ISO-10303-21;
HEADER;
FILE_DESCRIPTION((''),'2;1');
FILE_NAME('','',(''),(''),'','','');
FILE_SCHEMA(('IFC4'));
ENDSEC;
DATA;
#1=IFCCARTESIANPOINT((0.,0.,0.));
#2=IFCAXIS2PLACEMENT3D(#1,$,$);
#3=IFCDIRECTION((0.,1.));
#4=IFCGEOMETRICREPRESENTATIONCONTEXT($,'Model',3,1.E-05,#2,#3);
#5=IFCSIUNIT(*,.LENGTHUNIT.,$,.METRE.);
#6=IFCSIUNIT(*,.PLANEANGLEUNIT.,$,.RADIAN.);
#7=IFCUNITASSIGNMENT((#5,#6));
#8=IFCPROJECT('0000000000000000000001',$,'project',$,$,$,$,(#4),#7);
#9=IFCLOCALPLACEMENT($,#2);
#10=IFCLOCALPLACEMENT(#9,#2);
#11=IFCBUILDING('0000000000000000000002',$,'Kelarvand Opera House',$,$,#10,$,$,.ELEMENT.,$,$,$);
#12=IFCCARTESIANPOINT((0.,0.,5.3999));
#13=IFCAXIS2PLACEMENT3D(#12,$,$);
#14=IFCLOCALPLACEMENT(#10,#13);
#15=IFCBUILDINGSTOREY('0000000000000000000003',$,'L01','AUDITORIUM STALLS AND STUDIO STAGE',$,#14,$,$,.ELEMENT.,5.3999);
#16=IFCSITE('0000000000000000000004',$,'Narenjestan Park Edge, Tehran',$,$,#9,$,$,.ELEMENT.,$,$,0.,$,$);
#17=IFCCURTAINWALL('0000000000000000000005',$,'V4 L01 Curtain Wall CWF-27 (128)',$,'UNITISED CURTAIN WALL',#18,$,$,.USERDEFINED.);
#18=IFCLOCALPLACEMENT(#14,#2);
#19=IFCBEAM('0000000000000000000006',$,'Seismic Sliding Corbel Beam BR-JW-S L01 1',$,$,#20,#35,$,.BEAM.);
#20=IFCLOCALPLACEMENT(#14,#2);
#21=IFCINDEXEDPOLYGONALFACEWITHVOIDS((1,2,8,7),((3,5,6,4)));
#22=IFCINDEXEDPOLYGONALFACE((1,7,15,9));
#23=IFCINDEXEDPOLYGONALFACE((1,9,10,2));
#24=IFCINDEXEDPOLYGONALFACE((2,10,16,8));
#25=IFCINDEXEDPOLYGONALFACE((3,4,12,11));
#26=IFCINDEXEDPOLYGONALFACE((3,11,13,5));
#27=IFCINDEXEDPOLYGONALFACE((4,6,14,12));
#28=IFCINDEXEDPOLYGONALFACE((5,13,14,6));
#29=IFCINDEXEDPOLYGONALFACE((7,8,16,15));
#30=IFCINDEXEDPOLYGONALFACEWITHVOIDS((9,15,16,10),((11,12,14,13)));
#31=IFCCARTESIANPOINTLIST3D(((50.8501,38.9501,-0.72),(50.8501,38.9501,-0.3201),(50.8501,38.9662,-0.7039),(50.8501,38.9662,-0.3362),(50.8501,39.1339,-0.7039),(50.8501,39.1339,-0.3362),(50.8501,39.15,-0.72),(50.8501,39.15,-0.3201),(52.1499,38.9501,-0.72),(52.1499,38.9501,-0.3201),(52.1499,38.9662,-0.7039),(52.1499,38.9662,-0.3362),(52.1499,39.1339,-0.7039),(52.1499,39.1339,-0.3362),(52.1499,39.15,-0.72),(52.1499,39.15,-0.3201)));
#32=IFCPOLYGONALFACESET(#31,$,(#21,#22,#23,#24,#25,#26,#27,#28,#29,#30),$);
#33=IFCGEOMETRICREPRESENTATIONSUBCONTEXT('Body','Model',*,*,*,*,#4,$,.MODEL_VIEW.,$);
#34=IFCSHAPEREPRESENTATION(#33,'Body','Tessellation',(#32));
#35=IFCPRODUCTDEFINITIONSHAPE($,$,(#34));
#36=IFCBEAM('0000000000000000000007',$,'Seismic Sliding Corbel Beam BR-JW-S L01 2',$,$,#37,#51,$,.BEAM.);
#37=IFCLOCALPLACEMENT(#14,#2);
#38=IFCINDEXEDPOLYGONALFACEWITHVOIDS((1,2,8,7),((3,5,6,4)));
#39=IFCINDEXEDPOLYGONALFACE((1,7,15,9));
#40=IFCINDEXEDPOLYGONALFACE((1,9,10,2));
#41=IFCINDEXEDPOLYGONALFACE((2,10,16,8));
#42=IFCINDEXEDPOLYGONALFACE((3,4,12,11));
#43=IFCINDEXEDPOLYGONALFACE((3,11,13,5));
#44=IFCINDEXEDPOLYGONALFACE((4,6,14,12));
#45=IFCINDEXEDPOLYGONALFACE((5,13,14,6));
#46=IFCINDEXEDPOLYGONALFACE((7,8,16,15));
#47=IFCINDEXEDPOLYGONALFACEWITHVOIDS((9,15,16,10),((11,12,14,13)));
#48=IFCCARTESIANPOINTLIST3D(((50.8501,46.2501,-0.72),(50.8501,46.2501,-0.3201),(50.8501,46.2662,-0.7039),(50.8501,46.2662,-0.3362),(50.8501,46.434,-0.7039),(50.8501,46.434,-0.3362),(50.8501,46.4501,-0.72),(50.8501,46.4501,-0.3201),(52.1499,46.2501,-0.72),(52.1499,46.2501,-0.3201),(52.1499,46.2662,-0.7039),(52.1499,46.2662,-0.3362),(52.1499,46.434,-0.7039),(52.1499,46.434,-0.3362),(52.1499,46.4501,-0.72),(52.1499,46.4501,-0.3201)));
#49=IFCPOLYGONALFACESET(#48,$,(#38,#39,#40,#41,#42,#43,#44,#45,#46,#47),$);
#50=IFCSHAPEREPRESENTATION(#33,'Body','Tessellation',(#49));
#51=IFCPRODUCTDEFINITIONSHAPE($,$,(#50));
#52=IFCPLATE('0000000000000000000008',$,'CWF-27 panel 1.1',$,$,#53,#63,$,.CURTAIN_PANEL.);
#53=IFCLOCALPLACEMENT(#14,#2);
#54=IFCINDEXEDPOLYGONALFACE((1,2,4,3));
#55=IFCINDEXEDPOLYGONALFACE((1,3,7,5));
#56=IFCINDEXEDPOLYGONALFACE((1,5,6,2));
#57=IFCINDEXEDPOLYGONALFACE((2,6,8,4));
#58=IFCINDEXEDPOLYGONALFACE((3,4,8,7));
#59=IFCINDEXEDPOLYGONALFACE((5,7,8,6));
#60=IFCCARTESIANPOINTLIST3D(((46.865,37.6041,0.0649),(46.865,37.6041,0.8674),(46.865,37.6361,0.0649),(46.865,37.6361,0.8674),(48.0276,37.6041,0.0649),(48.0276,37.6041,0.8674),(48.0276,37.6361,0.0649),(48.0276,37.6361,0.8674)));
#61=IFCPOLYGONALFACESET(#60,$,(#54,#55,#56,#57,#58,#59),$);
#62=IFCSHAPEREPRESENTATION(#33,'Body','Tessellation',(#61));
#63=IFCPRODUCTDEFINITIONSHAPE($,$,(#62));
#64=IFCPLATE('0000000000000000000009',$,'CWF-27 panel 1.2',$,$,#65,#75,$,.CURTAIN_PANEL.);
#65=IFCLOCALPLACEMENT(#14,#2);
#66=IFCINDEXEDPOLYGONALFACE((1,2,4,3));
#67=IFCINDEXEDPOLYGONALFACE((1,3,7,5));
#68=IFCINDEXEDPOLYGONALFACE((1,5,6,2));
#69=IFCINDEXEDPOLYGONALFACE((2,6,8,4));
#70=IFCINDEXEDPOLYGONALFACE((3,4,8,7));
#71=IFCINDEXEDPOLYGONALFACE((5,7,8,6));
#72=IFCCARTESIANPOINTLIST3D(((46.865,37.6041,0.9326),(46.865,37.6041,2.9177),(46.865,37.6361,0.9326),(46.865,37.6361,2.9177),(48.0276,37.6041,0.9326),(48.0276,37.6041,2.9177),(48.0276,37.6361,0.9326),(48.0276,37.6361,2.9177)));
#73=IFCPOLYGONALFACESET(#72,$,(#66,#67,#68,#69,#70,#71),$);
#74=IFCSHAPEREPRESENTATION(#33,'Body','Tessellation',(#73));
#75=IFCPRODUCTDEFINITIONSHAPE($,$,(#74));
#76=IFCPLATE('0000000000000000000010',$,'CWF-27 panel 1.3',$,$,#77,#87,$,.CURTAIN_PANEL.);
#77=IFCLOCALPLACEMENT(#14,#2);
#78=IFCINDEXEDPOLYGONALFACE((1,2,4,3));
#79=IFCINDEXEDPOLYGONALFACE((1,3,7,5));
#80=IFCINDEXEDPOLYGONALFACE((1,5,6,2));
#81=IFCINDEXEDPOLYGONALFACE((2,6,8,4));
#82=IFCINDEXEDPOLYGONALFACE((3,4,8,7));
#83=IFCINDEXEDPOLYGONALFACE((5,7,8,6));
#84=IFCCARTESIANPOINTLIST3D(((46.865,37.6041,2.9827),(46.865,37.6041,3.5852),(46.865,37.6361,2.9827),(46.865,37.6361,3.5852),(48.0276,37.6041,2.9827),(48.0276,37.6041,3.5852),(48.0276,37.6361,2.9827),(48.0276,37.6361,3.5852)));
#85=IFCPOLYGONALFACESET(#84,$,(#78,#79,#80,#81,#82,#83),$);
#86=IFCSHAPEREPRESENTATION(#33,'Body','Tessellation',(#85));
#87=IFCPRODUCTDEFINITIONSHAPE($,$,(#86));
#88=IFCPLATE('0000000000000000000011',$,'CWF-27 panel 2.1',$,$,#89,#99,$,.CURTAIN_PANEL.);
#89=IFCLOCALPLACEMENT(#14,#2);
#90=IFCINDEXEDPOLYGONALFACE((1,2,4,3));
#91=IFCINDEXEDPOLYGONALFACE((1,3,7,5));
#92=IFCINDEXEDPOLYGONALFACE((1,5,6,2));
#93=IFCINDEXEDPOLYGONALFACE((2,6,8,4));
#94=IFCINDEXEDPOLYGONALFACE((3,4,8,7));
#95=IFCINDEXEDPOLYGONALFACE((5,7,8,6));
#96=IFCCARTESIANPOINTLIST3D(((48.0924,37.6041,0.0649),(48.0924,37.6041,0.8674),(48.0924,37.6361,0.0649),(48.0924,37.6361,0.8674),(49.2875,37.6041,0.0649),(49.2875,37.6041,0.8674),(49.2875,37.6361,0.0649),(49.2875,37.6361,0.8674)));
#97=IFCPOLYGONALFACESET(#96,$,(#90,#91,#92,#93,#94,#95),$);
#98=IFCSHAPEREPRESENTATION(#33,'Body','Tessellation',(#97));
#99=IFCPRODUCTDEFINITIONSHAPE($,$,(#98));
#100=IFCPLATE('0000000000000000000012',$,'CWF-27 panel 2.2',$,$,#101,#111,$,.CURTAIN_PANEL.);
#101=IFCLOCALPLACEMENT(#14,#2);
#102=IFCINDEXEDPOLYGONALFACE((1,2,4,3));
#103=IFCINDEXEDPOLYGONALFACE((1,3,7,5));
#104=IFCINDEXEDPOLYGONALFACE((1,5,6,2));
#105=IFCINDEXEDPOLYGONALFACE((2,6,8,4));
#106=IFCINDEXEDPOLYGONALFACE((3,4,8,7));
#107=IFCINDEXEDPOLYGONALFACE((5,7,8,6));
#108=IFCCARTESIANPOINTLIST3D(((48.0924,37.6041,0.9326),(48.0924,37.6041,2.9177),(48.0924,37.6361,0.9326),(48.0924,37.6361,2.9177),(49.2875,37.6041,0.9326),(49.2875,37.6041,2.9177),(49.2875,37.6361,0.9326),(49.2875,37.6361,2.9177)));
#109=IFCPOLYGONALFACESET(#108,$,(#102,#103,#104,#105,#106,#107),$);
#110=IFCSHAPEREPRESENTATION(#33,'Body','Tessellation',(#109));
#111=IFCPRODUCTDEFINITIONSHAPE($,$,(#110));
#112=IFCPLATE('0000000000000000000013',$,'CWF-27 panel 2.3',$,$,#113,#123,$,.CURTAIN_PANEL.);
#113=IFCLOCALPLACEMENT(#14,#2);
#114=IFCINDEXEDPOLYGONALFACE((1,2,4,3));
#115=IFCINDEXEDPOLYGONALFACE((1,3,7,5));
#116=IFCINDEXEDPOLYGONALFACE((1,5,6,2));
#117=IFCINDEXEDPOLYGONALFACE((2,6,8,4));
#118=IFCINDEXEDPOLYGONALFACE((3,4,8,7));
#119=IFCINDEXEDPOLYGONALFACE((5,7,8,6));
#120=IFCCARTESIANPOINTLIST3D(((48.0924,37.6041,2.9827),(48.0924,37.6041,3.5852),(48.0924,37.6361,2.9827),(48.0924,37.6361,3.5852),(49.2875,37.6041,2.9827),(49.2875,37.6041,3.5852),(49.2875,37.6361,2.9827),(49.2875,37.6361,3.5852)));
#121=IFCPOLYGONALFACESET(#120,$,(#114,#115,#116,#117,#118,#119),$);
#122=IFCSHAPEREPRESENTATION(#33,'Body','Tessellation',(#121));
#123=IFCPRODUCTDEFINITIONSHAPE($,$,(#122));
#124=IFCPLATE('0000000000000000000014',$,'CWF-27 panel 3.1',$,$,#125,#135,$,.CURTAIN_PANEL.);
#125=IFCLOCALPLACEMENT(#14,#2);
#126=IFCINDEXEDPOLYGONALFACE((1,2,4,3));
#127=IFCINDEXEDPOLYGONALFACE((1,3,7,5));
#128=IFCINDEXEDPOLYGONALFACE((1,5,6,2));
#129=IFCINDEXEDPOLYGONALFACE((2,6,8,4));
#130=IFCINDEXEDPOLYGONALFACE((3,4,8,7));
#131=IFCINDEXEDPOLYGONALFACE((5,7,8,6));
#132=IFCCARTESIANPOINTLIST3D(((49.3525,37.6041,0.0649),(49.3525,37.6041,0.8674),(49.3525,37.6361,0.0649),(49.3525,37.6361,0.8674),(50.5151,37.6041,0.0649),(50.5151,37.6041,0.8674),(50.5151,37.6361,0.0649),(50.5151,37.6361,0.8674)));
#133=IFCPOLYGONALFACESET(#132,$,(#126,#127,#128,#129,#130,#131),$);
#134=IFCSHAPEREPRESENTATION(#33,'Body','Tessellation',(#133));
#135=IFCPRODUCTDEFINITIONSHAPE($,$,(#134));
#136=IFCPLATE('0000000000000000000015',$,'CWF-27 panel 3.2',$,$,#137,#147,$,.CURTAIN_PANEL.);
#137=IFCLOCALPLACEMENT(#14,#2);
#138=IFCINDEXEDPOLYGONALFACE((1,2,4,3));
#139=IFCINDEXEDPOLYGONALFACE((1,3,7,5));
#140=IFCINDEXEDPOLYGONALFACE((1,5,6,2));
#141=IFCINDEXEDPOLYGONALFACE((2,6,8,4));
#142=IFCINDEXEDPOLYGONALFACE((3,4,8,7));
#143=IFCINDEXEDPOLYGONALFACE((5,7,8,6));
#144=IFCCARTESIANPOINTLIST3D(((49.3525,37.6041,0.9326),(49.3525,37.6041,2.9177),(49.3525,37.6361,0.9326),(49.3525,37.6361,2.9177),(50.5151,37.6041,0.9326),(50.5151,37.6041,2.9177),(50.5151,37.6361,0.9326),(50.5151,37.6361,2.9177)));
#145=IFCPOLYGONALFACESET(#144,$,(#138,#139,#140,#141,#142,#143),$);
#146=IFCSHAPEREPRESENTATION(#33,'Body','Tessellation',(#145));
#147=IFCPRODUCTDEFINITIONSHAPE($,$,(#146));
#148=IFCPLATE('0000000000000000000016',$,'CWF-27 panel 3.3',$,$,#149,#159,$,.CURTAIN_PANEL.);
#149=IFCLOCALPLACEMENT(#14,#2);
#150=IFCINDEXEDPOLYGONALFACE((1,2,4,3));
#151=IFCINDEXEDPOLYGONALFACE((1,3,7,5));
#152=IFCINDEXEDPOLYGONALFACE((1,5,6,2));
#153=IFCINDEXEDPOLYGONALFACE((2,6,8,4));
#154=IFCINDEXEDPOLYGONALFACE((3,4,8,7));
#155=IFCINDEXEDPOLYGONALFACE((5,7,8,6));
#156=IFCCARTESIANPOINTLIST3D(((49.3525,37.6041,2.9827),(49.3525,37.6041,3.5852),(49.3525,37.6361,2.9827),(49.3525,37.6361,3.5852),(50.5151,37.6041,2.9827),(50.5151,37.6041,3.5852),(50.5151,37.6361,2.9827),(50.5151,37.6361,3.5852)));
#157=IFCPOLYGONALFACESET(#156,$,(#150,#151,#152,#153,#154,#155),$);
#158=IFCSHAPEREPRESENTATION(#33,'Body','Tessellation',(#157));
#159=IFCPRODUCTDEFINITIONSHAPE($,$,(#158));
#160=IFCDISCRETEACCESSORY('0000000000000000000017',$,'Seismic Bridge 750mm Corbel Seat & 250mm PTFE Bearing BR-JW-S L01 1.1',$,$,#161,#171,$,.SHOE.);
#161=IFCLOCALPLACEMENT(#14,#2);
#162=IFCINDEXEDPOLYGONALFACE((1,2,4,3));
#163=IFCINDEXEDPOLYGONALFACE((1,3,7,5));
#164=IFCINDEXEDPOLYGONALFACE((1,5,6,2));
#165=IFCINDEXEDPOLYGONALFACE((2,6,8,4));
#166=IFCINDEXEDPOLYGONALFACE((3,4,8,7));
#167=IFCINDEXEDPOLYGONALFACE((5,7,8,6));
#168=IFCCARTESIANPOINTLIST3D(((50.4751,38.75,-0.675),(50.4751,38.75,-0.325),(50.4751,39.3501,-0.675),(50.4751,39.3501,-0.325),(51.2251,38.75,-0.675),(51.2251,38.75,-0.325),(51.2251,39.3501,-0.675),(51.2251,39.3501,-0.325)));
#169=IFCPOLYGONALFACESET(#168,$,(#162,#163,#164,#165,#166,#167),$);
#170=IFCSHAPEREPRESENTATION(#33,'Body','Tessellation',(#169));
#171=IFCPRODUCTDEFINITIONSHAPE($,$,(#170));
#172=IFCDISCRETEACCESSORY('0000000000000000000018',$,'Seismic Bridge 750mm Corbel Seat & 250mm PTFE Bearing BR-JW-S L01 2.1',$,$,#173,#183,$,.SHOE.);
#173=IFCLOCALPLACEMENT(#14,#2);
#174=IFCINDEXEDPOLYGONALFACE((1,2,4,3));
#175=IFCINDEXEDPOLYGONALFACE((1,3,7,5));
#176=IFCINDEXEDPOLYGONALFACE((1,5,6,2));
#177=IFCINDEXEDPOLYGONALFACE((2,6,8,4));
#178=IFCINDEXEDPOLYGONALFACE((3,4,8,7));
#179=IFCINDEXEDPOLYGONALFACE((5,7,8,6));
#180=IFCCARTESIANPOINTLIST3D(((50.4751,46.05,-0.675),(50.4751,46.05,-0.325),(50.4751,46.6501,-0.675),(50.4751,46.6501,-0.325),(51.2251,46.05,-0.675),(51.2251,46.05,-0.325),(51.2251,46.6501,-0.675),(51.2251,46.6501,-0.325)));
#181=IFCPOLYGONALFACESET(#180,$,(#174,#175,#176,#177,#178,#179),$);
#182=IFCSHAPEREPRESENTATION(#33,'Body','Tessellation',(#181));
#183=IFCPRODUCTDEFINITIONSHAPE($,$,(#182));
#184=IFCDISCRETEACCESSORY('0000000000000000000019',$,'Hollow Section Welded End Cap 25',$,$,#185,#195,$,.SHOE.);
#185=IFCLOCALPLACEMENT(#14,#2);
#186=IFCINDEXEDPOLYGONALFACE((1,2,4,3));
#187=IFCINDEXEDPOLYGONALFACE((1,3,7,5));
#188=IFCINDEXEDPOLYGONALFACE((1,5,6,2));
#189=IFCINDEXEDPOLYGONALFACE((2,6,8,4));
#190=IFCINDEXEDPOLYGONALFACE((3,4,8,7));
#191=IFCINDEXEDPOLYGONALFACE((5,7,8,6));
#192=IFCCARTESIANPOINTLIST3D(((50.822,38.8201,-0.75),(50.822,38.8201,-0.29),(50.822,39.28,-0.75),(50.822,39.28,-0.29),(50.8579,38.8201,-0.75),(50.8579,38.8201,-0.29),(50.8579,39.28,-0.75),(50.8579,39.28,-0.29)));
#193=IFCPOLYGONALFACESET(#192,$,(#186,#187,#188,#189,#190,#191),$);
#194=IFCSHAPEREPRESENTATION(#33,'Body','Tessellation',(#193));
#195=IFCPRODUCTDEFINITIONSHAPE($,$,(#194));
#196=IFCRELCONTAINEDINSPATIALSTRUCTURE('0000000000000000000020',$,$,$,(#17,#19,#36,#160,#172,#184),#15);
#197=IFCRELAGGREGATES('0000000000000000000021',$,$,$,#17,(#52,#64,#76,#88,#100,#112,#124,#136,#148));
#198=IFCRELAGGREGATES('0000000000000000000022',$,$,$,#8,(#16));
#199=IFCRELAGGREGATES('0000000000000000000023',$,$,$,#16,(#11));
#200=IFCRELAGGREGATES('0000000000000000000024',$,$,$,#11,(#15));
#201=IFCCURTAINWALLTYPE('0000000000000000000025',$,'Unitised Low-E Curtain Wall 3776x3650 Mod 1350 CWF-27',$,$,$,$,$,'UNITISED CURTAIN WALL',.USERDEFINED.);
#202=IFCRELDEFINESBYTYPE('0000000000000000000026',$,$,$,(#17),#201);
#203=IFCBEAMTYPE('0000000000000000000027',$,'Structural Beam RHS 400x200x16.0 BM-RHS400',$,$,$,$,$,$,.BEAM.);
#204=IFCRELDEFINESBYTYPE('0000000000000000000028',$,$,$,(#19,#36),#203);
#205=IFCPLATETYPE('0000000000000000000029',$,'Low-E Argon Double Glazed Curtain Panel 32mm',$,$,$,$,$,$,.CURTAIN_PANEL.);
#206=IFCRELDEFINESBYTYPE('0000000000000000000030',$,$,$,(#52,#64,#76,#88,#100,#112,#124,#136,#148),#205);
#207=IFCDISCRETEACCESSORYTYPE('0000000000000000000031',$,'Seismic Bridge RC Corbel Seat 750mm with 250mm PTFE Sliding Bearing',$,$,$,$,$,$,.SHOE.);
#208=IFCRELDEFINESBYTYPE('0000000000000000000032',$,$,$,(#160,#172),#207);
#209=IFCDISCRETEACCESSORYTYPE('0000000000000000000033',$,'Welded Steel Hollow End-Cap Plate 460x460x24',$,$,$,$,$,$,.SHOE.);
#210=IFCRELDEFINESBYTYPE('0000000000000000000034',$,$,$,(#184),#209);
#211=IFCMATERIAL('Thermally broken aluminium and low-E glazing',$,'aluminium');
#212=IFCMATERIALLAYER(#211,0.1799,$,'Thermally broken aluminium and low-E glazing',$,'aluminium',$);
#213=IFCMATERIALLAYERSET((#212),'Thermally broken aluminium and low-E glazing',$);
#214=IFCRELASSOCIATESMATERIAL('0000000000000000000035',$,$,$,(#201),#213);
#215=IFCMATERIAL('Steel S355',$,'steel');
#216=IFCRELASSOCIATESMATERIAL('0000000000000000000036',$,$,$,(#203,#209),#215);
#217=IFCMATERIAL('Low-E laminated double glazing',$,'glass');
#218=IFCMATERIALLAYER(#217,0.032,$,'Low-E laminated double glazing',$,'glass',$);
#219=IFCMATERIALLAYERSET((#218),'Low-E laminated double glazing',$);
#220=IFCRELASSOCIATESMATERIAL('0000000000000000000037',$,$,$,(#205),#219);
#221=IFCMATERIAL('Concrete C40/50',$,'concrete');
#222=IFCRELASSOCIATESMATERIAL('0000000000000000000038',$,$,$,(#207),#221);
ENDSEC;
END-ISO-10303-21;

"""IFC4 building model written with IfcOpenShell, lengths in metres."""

from ifc_helpers import new_model, si_unit, direction, frame, origin, origin_2d, place, context, subcontext, project, spatial, rectangle, hollow_rectangle, extrude, material, layer, layer_set, material_profile, profile_set, type_object, element, aggregate, save


model = new_model("IFC4")

# Units and contexts
model_context = context("Model", 3, precision=1e-05, world=origin(), true_north=direction((0.0, 1.0)))
body_context = subcontext(model_context, "Body", "Model", "MODEL_VIEW")
ifc_project = project(units=[si_unit("LENGTHUNIT", "METRE"), si_unit("PLANEANGLEUNIT", "RADIAN")], contexts=[model_context])

# Site, building, storey
site_placement = place(None, origin())
site = spatial("IfcSite", under=ifc_project, at=site_placement, Name="Narenjestan Park Edge, Tehran", CompositionType="ELEMENT", RefElevation=0.0)
building_placement = place(site_placement, origin())
building = spatial("IfcBuilding", under=site, at=building_placement, Name="Kelarvand Opera House", CompositionType="ELEMENT")
storey_placement = place(building_placement, frame((0.0, 0.0, 5.3999)))
storey = spatial("IfcBuildingStorey", under=building, at=storey_placement, Name="L01", Description="AUDITORIUM STALLS AND STUDIO STAGE", CompositionType="ELEMENT", Elevation=5.3999)

# Shared definitions
ifc_material_1 = material(Name="Concrete C40/50", Category="concrete")

# Curtain wall
ifc_material_2 = material(Name="Thermally broken aluminium and low-E glazing", Category="aluminium")
ifc_layer_1 = layer(ifc_material_2, 0.1799, Name="Thermally broken aluminium and low-E glazing", Category="aluminium")
ifc_layer_set_1 = layer_set([ifc_layer_1], Name="Thermally broken aluminium and low-E glazing")
curtain_wall_type = type_object("IfcCurtainWallType", Name="Unitised Low-E Curtain Wall 3776x3650 Mod 1350 CWF-27", ElementType="UNITISED CURTAIN WALL", PredefinedType="USERDEFINED", material=ifc_layer_set_1)
curtain_wall_placement = place(storey_placement, origin())
curtain_wall = element("IfcCurtainWall", 1, at=curtain_wall_placement, inside=storey, type_object=curtain_wall_type, Name="V4 L01 Curtain Wall CWF-27 (128)", ObjectType="UNITISED CURTAIN WALL", PredefinedType="USERDEFINED")

# Beams
ifc_material_3 = material(Name="Steel S355", Category="steel")
ifc_material_profile_1 = material_profile(ifc_material_3, hollow_rectangle(XDim=0.2, YDim=0.3999, WallThickness=0.0161, at=origin_2d()), Name="RHS 400x200x16.0", Category="steel")
ifc_profile_set_1 = profile_set([ifc_material_profile_1], Name="Steel S355")
beam_type = type_object("IfcBeamType", Name="Structural Beam RHS 400x200x16.0 BM-RHS400", PredefinedType="BEAM", material=ifc_profile_set_1)
for number, where, z_axis, x_axis, name in (
    (2, (50.8501, 39.05, -0.52), (1.0, 0.0, 0.0), (0.0, 1.0, 0.0), "Seismic Sliding Corbel Beam BR-JW-S L01 1"),
    (3, (50.8501, 46.3501, -0.52), (1.0, 0.0, 0.0), (0.0, 1.0, 0.0), "Seismic Sliding Corbel Beam BR-JW-S L01 2"),
):
    element("IfcBeam", number, at=place(storey_placement, frame(where, z_axis=z_axis, x_axis=x_axis)), inside=storey, type_object=beam_type, Name=name, PredefinedType="BEAM", context=body_context, shape_type="SweptSolid", body=[
        extrude(hollow_rectangle(XDim=0.2, YDim=0.3999, WallThickness=0.0161, at=origin_2d()), origin(), (0.0, 0.0, 1.0), 1.2998),
    ])

# Plates
ifc_material_4 = material(Name="Low-E laminated double glazing", Category="glass")
ifc_layer_2 = layer(ifc_material_4, 0.032, Name="Low-E laminated double glazing", Category="glass")
ifc_layer_set_2 = layer_set([ifc_layer_2], Name="Low-E laminated double glazing")
plate_type = type_object("IfcPlateType", Name="Low-E Argon Double Glazed Curtain Panel 32mm", PredefinedType="CURTAIN_PANEL", material=ifc_layer_set_2)
plate_1_placement = place(storey_placement, frame((47.4463, 37.6201, 0.0649), z_axis=(0.0, 0.0, 1.0), x_axis=(1.0, 0.0, 0.0)))
plate_1 = element("IfcPlate", 4, at=plate_1_placement, type_object=plate_type, Name="CWF-27 panel 1.1", PredefinedType="CURTAIN_PANEL", context=body_context, shape_type="SweptSolid", body=[
    extrude(rectangle(XDim=1.1626, YDim=0.032, at=origin_2d()), origin(), (0.0, 0.0, 1.0), 0.8025),
])
plate_2_placement = place(storey_placement, frame((47.4463, 37.6201, 0.9326), z_axis=(0.0, 0.0, 1.0), x_axis=(1.0, 0.0, 0.0)))
plate_2 = element("IfcPlate", 5, at=plate_2_placement, type_object=plate_type, Name="CWF-27 panel 1.2", PredefinedType="CURTAIN_PANEL", context=body_context, shape_type="SweptSolid", body=[
    extrude(rectangle(XDim=1.1626, YDim=0.032, at=origin_2d()), origin(), (0.0, 0.0, 1.0), 1.9851),
])
plate_3_placement = place(storey_placement, frame((47.4463, 37.6201, 2.9827), z_axis=(0.0, 0.0, 1.0), x_axis=(1.0, 0.0, 0.0)))
plate_3 = element("IfcPlate", 6, at=plate_3_placement, type_object=plate_type, Name="CWF-27 panel 1.3", PredefinedType="CURTAIN_PANEL", context=body_context, shape_type="SweptSolid", body=[
    extrude(rectangle(XDim=1.1626, YDim=0.032, at=origin_2d()), origin(), (0.0, 0.0, 1.0), 0.6025),
])
plate_4_placement = place(storey_placement, frame((48.6899, 37.6201, 0.0649), z_axis=(0.0, 0.0, 1.0), x_axis=(1.0, 0.0, 0.0)))
plate_4 = element("IfcPlate", 7, at=plate_4_placement, type_object=plate_type, Name="CWF-27 panel 2.1", PredefinedType="CURTAIN_PANEL", context=body_context, shape_type="SweptSolid", body=[
    extrude(rectangle(XDim=1.1951, YDim=0.032, at=origin_2d()), origin(), (0.0, 0.0, 1.0), 0.8025),
])
plate_5_placement = place(storey_placement, frame((48.6899, 37.6201, 0.9326), z_axis=(0.0, 0.0, 1.0), x_axis=(1.0, 0.0, 0.0)))
plate_5 = element("IfcPlate", 8, at=plate_5_placement, type_object=plate_type, Name="CWF-27 panel 2.2", PredefinedType="CURTAIN_PANEL", context=body_context, shape_type="SweptSolid", body=[
    extrude(rectangle(XDim=1.1951, YDim=0.032, at=origin_2d()), origin(), (0.0, 0.0, 1.0), 1.9851),
])
plate_6_placement = place(storey_placement, frame((48.6899, 37.6201, 2.9827), z_axis=(0.0, 0.0, 1.0), x_axis=(1.0, 0.0, 0.0)))
plate_6 = element("IfcPlate", 9, at=plate_6_placement, type_object=plate_type, Name="CWF-27 panel 2.3", PredefinedType="CURTAIN_PANEL", context=body_context, shape_type="SweptSolid", body=[
    extrude(rectangle(XDim=1.1951, YDim=0.032, at=origin_2d()), origin(), (0.0, 0.0, 1.0), 0.6025),
])
plate_7_placement = place(storey_placement, frame((49.9338, 37.6201, 0.0649), z_axis=(0.0, 0.0, 1.0), x_axis=(1.0, 0.0, 0.0)))
plate_7 = element("IfcPlate", 10, at=plate_7_placement, type_object=plate_type, Name="CWF-27 panel 3.1", PredefinedType="CURTAIN_PANEL", context=body_context, shape_type="SweptSolid", body=[
    extrude(rectangle(XDim=1.1626, YDim=0.032, at=origin_2d()), origin(), (0.0, 0.0, 1.0), 0.8025),
])
plate_8_placement = place(storey_placement, frame((49.9338, 37.6201, 0.9326), z_axis=(0.0, 0.0, 1.0), x_axis=(1.0, 0.0, 0.0)))
plate_8 = element("IfcPlate", 11, at=plate_8_placement, type_object=plate_type, Name="CWF-27 panel 3.2", PredefinedType="CURTAIN_PANEL", context=body_context, shape_type="SweptSolid", body=[
    extrude(rectangle(XDim=1.1626, YDim=0.032, at=origin_2d()), origin(), (0.0, 0.0, 1.0), 1.9851),
])
plate_9_placement = place(storey_placement, frame((49.9338, 37.6201, 2.9827), z_axis=(0.0, 0.0, 1.0), x_axis=(1.0, 0.0, 0.0)))
plate_9 = element("IfcPlate", 12, at=plate_9_placement, type_object=plate_type, Name="CWF-27 panel 3.3", PredefinedType="CURTAIN_PANEL", context=body_context, shape_type="SweptSolid", body=[
    extrude(rectangle(XDim=1.1626, YDim=0.032, at=origin_2d()), origin(), (0.0, 0.0, 1.0), 0.6025),
])
aggregate(curtain_wall, [plate_1, plate_2, plate_3, plate_4, plate_5, plate_6, plate_7, plate_8, plate_9])

# Discrete accessories
discrete_accessory_type_1 = type_object("IfcDiscreteAccessoryType", Name="Seismic Bridge RC Corbel Seat 750mm with 250mm PTFE Sliding Bearing", PredefinedType="SHOE", material=ifc_material_1)
for number, where, z_axis, x_axis, name in (
    (13, (50.8501, 39.05, -0.675), (0.0, 0.0, 1.0), (1.0, 0.0, 0.0), "Seismic Bridge 750mm Corbel Seat & 250mm PTFE Bearing BR-JW-S L01 1.1"),
    (14, (50.8501, 46.3501, -0.675), (0.0, 0.0, 1.0), (1.0, 0.0, 0.0), "Seismic Bridge 750mm Corbel Seat & 250mm PTFE Bearing BR-JW-S L01 2.1"),
):
    element("IfcDiscreteAccessory", number, at=place(storey_placement, frame(where, z_axis=z_axis, x_axis=x_axis)), inside=storey, type_object=discrete_accessory_type_1, Name=name, PredefinedType="SHOE", context=body_context, shape_type="SweptSolid", body=[
        extrude(rectangle(XDim=0.75, YDim=0.6001, at=origin_2d()), origin(), (0.0, 0.0, 1.0), 0.3501),
    ])
ifc_material_profile_2 = material_profile(ifc_material_3, rectangle(XDim=0.46, YDim=0.46, at=origin_2d()), Name="Welded Steel Hollow End-Cap Plate 460x460x24", Category="steel")
ifc_profile_set_2 = profile_set([ifc_material_profile_2], Name="Steel S355")
discrete_accessory_type_2 = type_object("IfcDiscreteAccessoryType", Name="Welded Steel Hollow End-Cap Plate 460x460x24", PredefinedType="SHOE", material=ifc_profile_set_2)
for number, where, z_axis, x_axis, name in (
    (15, (50.8579, 39.05, -0.52), (-1.0, 0.0, 0.0), (0.0, -1.0, 0.0), "Hollow Section Welded End Cap 25"),
):
    element("IfcDiscreteAccessory", number, at=place(storey_placement, frame(where, z_axis=z_axis, x_axis=x_axis)), inside=storey, type_object=discrete_accessory_type_2, Name=name, PredefinedType="SHOE", context=body_context, shape_type="SweptSolid", body=[
        extrude(rectangle(XDim=0.46, YDim=0.46, at=origin_2d()), origin(), (0.0, 0.0, 1.0), 0.0359),
    ])

save(model, "model.ifc")
